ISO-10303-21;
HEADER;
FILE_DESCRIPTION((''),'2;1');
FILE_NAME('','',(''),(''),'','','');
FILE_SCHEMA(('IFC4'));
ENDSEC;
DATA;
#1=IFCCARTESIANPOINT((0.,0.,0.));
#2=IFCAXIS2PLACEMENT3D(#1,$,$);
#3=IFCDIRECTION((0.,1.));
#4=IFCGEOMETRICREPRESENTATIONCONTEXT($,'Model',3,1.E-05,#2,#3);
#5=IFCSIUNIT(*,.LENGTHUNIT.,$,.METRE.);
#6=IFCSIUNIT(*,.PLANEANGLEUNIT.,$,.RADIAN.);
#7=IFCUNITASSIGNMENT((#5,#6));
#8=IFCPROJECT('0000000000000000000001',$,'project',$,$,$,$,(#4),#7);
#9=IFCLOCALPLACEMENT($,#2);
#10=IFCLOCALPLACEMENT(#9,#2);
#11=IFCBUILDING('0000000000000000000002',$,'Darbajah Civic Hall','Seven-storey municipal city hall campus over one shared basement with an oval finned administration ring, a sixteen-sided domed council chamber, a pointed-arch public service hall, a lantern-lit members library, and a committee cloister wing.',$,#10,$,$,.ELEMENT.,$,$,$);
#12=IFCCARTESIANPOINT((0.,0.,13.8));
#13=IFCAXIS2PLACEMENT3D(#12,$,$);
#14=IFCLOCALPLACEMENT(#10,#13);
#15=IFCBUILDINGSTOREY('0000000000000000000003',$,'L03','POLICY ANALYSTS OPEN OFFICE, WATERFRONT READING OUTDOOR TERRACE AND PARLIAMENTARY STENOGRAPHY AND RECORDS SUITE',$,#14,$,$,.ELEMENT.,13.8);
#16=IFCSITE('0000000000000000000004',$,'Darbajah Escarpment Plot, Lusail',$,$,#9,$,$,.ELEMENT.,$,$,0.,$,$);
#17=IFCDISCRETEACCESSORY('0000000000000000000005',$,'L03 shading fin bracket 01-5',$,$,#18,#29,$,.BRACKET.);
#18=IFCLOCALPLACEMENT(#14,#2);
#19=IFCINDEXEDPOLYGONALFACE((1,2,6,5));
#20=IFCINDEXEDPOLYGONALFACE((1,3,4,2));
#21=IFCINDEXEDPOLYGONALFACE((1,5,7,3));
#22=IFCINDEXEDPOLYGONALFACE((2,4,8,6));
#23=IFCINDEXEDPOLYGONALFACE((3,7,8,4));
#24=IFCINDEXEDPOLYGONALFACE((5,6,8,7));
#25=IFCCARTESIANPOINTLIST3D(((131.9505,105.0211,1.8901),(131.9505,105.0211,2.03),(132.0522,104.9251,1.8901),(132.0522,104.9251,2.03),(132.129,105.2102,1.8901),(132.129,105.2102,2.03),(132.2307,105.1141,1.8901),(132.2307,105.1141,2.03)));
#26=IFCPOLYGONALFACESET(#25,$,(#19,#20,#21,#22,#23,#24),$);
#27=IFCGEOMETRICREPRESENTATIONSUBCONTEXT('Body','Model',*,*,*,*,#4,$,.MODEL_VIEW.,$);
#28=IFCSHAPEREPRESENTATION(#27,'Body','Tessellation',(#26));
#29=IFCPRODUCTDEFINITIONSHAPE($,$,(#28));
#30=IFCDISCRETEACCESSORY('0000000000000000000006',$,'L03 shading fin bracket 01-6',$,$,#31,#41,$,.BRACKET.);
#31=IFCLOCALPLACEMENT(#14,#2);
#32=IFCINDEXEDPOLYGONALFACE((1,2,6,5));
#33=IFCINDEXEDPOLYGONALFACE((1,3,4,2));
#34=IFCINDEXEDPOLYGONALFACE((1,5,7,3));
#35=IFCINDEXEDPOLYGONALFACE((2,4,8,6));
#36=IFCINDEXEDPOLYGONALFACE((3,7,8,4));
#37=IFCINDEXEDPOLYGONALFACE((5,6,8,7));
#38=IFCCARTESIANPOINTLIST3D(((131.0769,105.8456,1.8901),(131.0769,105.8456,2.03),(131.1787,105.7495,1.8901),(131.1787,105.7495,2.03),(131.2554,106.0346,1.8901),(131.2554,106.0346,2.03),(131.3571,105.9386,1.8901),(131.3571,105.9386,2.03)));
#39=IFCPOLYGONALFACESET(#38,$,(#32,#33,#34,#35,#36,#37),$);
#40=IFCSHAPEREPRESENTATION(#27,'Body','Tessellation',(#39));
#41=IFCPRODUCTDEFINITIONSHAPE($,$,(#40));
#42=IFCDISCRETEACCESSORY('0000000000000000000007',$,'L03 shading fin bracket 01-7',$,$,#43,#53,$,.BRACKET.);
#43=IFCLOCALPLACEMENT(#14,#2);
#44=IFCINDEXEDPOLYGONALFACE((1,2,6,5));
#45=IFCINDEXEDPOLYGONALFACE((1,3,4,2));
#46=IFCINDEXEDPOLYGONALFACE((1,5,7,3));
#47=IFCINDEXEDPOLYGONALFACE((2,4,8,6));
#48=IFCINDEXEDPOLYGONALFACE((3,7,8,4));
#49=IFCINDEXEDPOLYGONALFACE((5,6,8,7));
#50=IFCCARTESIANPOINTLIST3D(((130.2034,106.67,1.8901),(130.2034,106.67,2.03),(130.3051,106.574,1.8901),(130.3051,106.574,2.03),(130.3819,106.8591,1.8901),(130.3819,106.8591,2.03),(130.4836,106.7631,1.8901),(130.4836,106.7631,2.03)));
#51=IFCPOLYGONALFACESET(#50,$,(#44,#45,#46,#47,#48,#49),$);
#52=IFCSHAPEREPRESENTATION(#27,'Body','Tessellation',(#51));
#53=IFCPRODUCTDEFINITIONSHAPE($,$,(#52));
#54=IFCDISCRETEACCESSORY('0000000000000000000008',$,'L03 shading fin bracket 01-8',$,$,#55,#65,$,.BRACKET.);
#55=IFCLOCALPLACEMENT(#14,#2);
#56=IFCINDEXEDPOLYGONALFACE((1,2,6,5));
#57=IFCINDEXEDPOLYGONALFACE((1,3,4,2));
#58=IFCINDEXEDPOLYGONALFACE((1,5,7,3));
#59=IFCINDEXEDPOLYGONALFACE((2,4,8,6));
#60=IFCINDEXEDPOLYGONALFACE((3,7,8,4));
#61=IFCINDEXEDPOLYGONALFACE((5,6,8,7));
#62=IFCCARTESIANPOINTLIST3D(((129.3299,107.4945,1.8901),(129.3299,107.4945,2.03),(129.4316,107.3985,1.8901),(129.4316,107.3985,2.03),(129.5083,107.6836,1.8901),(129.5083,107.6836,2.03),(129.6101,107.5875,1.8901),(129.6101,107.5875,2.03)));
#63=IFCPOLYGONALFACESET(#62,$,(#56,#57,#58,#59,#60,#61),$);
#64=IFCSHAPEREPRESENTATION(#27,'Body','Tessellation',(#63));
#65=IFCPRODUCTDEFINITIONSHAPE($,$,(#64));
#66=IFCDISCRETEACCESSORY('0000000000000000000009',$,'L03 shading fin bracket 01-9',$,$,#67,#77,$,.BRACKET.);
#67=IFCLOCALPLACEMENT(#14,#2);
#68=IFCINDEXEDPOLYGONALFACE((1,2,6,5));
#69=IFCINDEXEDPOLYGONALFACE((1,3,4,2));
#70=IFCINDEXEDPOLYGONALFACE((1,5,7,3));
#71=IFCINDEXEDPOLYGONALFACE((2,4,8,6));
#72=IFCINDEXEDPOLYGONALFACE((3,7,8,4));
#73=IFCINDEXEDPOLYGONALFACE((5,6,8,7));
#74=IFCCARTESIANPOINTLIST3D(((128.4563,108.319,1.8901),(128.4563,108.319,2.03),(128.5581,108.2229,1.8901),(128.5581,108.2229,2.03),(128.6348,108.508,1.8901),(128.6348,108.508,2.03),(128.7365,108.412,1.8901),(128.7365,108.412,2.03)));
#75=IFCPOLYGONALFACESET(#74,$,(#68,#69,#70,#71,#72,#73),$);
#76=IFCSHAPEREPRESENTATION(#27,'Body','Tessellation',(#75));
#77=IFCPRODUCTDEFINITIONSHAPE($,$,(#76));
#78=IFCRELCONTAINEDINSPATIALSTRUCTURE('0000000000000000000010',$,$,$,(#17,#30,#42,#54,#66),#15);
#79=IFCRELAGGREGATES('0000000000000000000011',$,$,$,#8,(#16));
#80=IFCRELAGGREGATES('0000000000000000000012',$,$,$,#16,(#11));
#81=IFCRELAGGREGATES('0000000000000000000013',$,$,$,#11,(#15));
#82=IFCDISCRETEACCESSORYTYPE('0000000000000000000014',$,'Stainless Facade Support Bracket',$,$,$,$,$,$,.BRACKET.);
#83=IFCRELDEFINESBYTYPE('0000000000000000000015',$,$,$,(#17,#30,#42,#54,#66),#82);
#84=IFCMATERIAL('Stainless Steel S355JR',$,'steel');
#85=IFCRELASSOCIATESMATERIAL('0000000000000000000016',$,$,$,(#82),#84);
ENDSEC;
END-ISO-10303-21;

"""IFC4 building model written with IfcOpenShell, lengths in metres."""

from ifc_helpers import new_model, si_unit, direction, frame, origin, origin_2d, place, context, subcontext, project, spatial, rectangle, extrude, material, type_object, element, save


model = new_model("IFC4")

# Units and contexts
model_context = context("Model", 3, precision=1e-05, world=origin(), true_north=direction((0.0, 1.0)))
body_context = subcontext(model_context, "Body", "Model", "MODEL_VIEW")
ifc_project = project(units=[si_unit("LENGTHUNIT", "METRE"), si_unit("PLANEANGLEUNIT", "RADIAN")], contexts=[model_context])

# Site, building, storey
site_placement = place(None, origin())
site = spatial("IfcSite", under=ifc_project, at=site_placement, Name="Darbajah Escarpment Plot, Lusail", CompositionType="ELEMENT", RefElevation=0.0)
building_placement = place(site_placement, origin())
building = spatial("IfcBuilding", under=site, at=building_placement, Name="Darbajah Civic Hall", Description="Seven-storey municipal city hall campus over one shared basement with an oval finned administration ring, a sixteen-sided domed council chamber, a pointed-arch public service hall, a lantern-lit members library, and a committee cloister wing.", CompositionType="ELEMENT")
storey_placement = place(building_placement, frame((0.0, 0.0, 13.8)))
storey = spatial("IfcBuildingStorey", under=building, at=storey_placement, Name="L03", Description="POLICY ANALYSTS OPEN OFFICE, WATERFRONT READING OUTDOOR TERRACE AND PARLIAMENTARY STENOGRAPHY AND RECORDS SUITE", CompositionType="ELEMENT", Elevation=13.8)

# Discrete accessories
ifc_material_1 = material(Name="Stainless Steel S355JR", Category="steel")
discrete_accessory_type = type_object("IfcDiscreteAccessoryType", Name="Stainless Facade Support Bracket", PredefinedType="BRACKET", material=ifc_material_1)
for number, where, z_axis, x_axis, name in (
    (1, (132.0906, 105.0676, 1.8901), (0.0, 0.0, 1.0), (0.686453, 0.727174, 0.0), "L03 shading fin bracket 01-5"),
    (2, (131.217, 105.8921, 1.8901), (0.0, 0.0, 1.0), (0.686453, 0.727174, 0.0), "L03 shading fin bracket 01-6"),
    (3, (130.3435, 106.7166, 1.8901), (0.0, 0.0, 1.0), (0.686453, 0.727174, 0.0), "L03 shading fin bracket 01-7"),
    (4, (129.47, 107.541, 1.8901), (0.0, 0.0, 1.0), (0.686453, 0.727174, 0.0), "L03 shading fin bracket 01-8"),
    (5, (128.5964, 108.3655, 1.8901), (0.0, 0.0, 1.0), (0.686453, 0.727174, 0.0), "L03 shading fin bracket 01-9"),
):
    element("IfcDiscreteAccessory", number, at=place(storey_placement, frame(where, z_axis=z_axis, x_axis=x_axis)), inside=storey, type_object=discrete_accessory_type, Name=name, PredefinedType="BRACKET", context=body_context, shape_type="SweptSolid", body=[
        extrude(rectangle(XDim=0.26, YDim=0.1399, at=origin_2d()), origin(), (0.0, 0.0, 1.0), 0.1399),
    ])

save(model, "model.ifc")
